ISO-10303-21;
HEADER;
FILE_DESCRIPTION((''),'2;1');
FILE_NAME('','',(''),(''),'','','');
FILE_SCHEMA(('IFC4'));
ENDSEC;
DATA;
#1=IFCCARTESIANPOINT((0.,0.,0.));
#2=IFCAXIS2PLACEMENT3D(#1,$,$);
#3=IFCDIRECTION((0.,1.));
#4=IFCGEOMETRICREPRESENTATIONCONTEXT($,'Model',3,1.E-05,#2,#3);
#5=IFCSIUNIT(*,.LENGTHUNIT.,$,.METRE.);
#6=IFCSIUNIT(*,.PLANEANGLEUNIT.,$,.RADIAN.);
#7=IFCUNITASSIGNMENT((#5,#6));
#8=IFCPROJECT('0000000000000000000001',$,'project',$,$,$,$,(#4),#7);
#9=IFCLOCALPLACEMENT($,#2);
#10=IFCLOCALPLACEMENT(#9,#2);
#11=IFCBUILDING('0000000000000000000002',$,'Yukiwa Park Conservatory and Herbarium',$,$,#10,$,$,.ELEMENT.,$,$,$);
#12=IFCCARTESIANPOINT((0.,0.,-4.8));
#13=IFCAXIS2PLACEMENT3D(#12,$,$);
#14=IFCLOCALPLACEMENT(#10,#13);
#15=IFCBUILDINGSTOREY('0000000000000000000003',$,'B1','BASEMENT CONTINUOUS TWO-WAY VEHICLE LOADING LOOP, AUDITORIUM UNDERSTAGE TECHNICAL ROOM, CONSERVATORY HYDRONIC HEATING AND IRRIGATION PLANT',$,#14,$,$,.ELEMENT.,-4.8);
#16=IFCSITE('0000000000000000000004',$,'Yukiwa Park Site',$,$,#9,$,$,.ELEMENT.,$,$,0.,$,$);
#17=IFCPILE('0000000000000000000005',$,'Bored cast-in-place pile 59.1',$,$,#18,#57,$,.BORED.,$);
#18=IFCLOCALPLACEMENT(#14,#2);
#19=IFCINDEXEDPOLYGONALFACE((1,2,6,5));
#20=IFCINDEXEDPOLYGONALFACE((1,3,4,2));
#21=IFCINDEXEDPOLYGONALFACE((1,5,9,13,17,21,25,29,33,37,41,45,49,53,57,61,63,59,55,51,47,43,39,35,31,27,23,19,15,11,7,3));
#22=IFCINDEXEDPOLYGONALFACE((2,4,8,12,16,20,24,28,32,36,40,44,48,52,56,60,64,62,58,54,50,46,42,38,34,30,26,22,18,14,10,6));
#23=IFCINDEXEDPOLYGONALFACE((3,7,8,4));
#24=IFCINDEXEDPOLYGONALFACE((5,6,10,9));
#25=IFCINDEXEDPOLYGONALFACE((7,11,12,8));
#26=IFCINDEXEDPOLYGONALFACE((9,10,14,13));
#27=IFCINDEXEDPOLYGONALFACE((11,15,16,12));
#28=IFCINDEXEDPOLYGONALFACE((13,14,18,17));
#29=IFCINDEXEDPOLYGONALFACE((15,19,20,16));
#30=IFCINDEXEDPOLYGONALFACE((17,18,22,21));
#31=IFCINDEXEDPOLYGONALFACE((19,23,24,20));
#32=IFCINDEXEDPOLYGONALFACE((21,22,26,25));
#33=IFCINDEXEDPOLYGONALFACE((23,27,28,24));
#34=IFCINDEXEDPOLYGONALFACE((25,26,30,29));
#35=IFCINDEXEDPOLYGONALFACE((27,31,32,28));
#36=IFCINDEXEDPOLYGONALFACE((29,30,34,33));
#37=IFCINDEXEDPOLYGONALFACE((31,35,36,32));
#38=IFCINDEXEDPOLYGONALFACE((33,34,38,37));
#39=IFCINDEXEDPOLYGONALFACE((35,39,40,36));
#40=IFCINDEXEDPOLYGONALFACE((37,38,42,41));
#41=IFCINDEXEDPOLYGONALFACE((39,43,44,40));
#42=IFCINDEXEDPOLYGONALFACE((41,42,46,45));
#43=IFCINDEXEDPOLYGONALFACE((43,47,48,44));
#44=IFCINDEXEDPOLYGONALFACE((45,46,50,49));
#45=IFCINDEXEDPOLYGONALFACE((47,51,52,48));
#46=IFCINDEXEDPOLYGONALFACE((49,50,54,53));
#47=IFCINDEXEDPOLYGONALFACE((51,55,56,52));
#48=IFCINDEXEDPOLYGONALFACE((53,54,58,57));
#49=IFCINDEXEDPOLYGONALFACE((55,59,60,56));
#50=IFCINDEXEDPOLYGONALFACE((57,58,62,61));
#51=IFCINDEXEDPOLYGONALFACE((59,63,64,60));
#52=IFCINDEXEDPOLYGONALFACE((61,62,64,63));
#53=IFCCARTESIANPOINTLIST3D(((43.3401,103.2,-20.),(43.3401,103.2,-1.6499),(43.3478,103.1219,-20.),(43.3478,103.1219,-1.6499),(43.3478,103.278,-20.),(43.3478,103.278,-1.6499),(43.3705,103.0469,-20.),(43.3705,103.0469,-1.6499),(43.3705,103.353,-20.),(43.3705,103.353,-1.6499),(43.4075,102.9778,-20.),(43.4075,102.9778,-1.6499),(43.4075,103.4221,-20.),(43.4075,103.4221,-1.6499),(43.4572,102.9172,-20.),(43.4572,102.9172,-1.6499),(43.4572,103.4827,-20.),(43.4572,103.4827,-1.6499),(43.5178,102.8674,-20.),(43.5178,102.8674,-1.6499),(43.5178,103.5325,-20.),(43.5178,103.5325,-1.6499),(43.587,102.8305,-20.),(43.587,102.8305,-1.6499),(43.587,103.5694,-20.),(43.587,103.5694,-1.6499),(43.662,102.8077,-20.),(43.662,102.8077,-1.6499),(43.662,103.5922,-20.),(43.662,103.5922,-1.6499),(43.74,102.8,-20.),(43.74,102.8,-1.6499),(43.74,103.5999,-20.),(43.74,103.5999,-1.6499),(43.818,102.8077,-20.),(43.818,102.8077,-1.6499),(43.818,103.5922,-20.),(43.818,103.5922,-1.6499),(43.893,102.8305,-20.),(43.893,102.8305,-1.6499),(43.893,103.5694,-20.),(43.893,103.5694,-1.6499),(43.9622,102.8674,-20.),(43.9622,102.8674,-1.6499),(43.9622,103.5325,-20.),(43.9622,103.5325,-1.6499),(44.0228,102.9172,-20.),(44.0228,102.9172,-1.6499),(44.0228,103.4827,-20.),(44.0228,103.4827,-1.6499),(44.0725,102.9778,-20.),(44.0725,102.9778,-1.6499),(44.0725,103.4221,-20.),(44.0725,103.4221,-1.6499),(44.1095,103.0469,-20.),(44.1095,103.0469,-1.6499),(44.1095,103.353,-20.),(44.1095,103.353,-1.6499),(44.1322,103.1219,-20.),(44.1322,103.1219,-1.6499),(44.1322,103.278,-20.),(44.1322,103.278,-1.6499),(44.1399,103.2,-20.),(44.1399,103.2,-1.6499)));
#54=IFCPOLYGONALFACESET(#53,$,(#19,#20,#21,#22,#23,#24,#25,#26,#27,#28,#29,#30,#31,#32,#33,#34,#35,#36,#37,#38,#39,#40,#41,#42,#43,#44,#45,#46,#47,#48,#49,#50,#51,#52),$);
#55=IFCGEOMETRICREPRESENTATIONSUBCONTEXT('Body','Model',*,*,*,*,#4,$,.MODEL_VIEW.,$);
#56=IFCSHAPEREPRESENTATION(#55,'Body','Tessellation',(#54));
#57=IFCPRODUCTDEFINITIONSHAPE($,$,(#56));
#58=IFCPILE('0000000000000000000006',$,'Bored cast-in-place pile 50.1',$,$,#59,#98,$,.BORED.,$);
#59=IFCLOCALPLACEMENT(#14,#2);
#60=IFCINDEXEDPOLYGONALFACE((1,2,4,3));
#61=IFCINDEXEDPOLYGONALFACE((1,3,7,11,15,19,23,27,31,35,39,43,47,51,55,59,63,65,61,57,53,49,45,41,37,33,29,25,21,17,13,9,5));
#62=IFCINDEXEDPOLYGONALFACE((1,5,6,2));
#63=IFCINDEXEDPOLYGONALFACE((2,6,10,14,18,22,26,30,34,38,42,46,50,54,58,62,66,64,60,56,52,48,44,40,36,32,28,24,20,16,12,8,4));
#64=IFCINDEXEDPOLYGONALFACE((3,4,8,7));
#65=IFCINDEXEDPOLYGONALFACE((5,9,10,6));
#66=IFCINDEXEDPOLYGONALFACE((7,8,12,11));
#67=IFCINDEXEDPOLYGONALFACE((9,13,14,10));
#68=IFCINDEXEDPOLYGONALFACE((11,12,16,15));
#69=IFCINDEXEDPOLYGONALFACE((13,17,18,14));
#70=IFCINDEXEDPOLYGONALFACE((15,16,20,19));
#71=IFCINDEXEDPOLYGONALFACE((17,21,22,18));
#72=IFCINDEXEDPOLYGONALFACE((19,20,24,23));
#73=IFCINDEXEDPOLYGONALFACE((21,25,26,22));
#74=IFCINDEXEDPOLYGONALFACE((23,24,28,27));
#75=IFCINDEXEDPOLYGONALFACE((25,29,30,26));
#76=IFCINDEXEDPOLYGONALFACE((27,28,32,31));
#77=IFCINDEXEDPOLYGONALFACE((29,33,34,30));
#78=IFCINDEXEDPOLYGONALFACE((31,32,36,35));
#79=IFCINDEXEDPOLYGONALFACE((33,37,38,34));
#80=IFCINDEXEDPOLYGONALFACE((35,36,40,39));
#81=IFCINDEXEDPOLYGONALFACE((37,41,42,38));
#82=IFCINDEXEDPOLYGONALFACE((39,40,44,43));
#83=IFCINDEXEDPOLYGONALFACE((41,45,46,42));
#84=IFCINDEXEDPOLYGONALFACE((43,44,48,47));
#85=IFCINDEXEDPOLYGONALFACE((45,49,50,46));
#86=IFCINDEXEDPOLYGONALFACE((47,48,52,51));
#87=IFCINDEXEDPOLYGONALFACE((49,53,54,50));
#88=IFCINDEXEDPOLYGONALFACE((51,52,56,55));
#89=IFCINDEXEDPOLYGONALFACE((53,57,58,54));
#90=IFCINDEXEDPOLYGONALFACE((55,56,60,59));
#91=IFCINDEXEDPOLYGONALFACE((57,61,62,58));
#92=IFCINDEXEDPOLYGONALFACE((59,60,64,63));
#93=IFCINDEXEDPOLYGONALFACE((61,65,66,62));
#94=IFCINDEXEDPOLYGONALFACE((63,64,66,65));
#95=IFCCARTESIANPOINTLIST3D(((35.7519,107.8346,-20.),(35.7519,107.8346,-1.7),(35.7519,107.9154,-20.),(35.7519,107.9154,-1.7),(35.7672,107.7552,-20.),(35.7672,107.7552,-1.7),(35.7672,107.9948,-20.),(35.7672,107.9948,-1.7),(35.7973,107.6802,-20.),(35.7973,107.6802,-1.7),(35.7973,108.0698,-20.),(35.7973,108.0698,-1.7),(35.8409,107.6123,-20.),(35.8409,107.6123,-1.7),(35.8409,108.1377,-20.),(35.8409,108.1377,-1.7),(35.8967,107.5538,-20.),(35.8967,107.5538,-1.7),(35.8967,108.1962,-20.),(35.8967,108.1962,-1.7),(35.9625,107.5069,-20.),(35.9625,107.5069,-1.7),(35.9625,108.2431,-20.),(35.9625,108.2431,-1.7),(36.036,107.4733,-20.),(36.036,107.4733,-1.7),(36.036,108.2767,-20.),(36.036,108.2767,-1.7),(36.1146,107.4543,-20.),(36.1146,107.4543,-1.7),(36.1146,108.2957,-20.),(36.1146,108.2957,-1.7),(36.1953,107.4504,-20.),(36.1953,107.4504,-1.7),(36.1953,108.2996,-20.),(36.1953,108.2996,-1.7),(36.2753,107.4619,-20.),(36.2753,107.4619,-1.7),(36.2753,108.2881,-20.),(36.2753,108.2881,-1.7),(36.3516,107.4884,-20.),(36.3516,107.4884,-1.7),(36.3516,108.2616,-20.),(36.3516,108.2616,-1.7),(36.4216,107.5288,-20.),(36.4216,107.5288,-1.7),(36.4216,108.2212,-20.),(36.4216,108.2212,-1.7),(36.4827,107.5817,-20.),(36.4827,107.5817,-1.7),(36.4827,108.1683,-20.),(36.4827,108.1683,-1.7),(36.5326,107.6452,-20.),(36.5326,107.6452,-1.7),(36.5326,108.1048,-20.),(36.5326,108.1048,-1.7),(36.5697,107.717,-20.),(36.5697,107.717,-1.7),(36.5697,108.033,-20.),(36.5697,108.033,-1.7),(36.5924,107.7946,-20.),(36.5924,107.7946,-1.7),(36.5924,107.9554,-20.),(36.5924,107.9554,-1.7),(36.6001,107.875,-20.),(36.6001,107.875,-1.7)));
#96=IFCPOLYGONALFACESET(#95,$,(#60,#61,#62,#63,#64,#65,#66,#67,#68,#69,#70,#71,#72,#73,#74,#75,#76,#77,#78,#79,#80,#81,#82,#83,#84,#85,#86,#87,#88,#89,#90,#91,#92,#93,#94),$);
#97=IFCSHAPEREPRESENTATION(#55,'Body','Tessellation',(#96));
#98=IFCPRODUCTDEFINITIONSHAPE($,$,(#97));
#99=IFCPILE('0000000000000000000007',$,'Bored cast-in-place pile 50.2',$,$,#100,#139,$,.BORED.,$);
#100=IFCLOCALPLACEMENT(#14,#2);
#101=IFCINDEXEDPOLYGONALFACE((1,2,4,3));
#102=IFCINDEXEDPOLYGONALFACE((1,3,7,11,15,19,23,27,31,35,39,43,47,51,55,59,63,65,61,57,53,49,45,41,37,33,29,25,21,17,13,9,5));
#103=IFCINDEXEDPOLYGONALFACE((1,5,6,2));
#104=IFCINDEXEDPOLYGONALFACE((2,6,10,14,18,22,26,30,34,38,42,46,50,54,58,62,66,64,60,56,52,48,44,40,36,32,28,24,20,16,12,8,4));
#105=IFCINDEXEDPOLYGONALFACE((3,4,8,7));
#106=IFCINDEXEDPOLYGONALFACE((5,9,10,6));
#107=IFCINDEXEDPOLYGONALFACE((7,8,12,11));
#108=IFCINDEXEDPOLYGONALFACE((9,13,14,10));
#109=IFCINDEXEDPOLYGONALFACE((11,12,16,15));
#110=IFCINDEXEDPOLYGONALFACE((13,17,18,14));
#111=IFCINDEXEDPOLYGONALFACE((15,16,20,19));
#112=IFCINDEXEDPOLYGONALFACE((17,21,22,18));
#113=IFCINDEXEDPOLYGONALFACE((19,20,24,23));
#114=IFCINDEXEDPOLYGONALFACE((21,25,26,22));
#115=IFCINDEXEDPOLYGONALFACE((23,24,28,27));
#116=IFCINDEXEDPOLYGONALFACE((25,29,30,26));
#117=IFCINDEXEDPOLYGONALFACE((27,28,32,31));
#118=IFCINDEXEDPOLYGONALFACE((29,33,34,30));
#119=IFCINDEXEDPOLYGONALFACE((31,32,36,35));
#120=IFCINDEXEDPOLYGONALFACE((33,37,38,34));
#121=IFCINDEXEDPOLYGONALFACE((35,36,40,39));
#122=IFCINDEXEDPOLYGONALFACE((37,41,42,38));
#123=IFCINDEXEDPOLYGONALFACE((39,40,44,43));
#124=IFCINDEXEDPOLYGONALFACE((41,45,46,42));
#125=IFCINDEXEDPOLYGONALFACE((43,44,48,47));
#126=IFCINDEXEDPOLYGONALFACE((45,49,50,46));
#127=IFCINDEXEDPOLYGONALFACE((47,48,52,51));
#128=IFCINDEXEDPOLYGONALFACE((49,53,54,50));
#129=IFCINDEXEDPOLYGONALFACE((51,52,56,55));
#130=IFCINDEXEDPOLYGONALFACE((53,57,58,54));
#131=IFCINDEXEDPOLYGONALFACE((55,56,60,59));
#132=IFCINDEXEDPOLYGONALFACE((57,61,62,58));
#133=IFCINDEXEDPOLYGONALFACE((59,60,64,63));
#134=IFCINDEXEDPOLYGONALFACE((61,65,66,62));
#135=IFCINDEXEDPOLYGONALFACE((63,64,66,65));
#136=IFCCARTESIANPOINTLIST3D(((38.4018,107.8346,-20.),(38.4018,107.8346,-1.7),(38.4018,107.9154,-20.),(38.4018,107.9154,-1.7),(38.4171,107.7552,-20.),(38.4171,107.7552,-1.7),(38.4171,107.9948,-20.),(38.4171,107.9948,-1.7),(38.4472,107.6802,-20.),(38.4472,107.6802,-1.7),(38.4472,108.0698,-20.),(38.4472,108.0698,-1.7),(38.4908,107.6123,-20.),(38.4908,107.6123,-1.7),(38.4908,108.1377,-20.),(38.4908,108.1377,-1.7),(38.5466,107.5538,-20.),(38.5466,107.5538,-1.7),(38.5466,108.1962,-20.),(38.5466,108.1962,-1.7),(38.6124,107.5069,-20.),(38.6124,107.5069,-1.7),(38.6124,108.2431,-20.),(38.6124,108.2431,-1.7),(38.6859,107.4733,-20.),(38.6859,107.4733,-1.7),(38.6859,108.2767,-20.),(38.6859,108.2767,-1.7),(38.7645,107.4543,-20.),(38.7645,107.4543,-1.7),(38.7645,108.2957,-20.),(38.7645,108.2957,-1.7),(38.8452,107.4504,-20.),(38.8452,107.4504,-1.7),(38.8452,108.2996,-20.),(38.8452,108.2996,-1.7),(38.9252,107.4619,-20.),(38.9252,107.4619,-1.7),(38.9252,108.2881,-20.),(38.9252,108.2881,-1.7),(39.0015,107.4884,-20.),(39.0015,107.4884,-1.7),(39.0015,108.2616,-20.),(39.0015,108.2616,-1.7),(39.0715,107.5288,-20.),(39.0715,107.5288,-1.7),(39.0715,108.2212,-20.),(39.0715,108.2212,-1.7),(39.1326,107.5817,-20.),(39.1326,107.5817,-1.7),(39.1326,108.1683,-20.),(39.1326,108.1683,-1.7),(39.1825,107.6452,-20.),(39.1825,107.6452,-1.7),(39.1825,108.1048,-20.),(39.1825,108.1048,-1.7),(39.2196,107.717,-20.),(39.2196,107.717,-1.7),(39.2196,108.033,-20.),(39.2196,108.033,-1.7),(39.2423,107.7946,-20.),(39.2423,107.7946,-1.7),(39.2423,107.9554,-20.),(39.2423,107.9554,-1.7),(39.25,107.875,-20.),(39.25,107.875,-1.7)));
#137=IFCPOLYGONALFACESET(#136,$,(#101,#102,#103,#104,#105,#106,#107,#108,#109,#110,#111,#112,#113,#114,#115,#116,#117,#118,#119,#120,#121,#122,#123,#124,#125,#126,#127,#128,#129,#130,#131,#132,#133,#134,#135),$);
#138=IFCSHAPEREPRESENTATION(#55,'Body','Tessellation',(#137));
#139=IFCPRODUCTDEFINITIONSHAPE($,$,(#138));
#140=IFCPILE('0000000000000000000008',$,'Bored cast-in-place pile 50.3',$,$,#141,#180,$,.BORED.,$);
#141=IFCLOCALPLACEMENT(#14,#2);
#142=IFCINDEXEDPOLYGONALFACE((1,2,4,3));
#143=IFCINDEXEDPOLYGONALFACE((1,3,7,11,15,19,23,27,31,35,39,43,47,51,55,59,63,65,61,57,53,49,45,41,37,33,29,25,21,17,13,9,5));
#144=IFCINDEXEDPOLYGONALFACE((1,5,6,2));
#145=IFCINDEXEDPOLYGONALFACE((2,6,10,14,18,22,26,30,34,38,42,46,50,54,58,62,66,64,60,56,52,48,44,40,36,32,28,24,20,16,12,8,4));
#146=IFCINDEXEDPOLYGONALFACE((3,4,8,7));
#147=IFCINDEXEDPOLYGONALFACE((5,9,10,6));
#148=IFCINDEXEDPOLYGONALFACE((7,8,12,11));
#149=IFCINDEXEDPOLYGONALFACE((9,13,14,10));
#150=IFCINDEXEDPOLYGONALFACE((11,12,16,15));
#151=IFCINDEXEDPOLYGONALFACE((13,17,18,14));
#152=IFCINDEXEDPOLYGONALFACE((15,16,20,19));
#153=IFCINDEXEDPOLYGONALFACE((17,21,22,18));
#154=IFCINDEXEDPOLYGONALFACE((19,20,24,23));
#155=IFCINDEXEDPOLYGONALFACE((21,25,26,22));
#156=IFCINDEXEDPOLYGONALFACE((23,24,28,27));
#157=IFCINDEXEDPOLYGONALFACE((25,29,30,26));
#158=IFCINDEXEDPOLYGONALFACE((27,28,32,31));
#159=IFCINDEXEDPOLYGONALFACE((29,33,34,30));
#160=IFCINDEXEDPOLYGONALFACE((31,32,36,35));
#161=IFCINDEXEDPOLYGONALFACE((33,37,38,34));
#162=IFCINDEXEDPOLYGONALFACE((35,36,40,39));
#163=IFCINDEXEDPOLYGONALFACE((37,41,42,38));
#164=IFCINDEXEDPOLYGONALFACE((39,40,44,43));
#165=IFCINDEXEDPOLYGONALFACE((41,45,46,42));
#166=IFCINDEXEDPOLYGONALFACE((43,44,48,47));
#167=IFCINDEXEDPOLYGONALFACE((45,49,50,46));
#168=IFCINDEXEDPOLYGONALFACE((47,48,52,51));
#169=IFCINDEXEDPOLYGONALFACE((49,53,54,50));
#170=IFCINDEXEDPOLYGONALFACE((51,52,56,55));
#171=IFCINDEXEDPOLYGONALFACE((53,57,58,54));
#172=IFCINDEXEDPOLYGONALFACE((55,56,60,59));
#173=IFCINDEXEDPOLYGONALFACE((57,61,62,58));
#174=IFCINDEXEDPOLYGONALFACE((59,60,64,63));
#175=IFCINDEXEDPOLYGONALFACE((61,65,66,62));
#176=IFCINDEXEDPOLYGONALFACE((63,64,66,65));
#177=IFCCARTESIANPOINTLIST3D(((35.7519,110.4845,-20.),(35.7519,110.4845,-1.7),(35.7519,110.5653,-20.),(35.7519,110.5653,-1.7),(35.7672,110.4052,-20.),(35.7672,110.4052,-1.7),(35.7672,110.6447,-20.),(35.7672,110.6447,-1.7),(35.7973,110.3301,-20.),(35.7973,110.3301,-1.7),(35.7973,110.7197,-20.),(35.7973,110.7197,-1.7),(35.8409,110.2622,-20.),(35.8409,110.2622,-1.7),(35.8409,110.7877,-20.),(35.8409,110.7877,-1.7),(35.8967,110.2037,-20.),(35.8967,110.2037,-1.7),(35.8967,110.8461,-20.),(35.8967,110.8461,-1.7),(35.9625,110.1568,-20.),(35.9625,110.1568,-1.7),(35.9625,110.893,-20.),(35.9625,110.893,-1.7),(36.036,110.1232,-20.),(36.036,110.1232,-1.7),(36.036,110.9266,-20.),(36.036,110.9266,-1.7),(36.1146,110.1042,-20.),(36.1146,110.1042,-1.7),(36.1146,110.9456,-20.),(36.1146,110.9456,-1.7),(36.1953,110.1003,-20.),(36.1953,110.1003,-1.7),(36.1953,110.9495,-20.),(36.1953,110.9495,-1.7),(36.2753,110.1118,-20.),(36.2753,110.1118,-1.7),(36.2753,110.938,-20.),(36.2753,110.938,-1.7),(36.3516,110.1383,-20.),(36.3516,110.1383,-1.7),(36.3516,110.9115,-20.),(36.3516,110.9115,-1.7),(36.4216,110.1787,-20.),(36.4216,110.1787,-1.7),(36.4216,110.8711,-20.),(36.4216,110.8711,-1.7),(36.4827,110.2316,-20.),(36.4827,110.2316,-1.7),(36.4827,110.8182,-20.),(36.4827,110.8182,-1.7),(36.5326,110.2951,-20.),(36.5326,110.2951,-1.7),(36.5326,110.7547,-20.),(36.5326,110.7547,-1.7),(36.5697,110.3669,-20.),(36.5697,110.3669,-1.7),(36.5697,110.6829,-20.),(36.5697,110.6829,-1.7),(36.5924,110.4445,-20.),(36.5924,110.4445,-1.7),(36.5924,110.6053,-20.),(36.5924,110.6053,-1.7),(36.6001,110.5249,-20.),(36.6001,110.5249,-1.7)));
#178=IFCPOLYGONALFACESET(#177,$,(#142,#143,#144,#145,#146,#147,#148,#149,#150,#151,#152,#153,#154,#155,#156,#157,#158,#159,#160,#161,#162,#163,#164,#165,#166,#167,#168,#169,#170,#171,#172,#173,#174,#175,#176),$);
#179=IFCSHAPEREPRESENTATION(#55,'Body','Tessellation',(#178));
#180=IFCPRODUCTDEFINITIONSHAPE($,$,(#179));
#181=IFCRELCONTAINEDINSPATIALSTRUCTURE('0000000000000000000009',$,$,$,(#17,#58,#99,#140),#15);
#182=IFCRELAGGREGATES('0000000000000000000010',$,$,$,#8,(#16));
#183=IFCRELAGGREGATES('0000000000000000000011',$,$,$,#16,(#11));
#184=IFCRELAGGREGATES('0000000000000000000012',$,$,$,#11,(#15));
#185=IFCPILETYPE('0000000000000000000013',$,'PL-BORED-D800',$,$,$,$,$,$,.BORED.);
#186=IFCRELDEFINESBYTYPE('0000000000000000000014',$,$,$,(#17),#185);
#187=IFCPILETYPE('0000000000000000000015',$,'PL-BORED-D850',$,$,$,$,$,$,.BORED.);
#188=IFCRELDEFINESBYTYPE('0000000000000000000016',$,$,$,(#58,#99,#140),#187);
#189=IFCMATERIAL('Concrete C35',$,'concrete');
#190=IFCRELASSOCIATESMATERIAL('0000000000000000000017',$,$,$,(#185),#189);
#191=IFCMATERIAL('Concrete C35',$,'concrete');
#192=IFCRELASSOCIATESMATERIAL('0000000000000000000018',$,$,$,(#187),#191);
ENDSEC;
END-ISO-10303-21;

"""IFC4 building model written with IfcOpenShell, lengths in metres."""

from ifc_helpers import new_model, si_unit, direction, frame, origin, origin_2d, place, context, subcontext, project, spatial, circle, extrude, material, material_profile, profile_set, type_object, element, save


model = new_model("IFC4")

# Units and contexts
model_context = context("Model", 3, precision=1e-05, world=origin(), true_north=direction((0.0, 1.0)))
body_context = subcontext(model_context, "Body", "Model", "MODEL_VIEW")
ifc_project = project(units=[si_unit("LENGTHUNIT", "METRE"), si_unit("PLANEANGLEUNIT", "RADIAN")], contexts=[model_context])

# Site, building, storey
site_placement = place(None, origin())
site = spatial("IfcSite", under=ifc_project, at=site_placement, Name="Yukiwa Park Site", CompositionType="ELEMENT", RefElevation=0.0)
building_placement = place(site_placement, origin())
building = spatial("IfcBuilding", under=site, at=building_placement, Name="Yukiwa Park Conservatory and Herbarium", CompositionType="ELEMENT")
storey_placement = place(building_placement, frame((0.0, 0.0, -4.8)))
storey = spatial("IfcBuildingStorey", under=building, at=storey_placement, Name="B1", Description="BASEMENT CONTINUOUS TWO-WAY VEHICLE LOADING LOOP, AUDITORIUM UNDERSTAGE TECHNICAL ROOM, CONSERVATORY HYDRONIC HEATING AND IRRIGATION PLANT", CompositionType="ELEMENT", Elevation=-4.8)

# Piles
ifc_material_1 = material(Name="Concrete C35", Category="concrete")
ifc_material_profile_1 = material_profile(ifc_material_1, circle(Radius=0.3999, at=origin_2d()), Name="PILE D800")
ifc_profile_set_1 = profile_set([ifc_material_profile_1], Name="Concrete C35")
pile_type_1 = type_object("IfcPileType", Name="PL-BORED-D800", PredefinedType="BORED", material=ifc_profile_set_1)
pile_1_placement = place(storey_placement, frame((43.74, 103.2, -1.6499), z_axis=(0.0, 0.0, -1.0), x_axis=(1.0, 0.0, 0.0)))
element("IfcPile", 1, at=pile_1_placement, inside=storey, type_object=pile_type_1, Name="Bored cast-in-place pile 59.1", PredefinedType="BORED", context=body_context, shape_type="SweptSolid", body=[
    extrude(circle(Radius=0.3999, at=origin_2d()), origin(), (0.0, 0.0, 1.0), 18.3501),
])
ifc_material_2 = material(Name="Concrete C35", Category="concrete")
ifc_material_profile_2 = material_profile(ifc_material_2, circle(Radius=0.425, at=origin_2d()), Name="PILE D850")
ifc_profile_set_2 = profile_set([ifc_material_profile_2], Name="Concrete C35")
pile_type_2 = type_object("IfcPileType", Name="PL-BORED-D850", PredefinedType="BORED", material=ifc_profile_set_2)
for number, where, z_axis, x_axis, name in (
    (2, (36.175, 107.875, -1.7), (0.0, 0.0, -1.0), (1.0, 0.0, 0.0), "Bored cast-in-place pile 50.1"),
    (3, (38.825, 107.875, -1.7), (0.0, 0.0, -1.0), (1.0, 0.0, 0.0), "Bored cast-in-place pile 50.2"),
    (4, (36.175, 110.5249, -1.7), (0.0, 0.0, -1.0), (1.0, 0.0, 0.0), "Bored cast-in-place pile 50.3"),
):
    element("IfcPile", number, at=place(storey_placement, frame(where, z_axis=z_axis, x_axis=x_axis)), inside=storey, type_object=pile_type_2, Name=name, PredefinedType="BORED", context=body_context, shape_type="SweptSolid", body=[
        extrude(circle(Radius=0.425, at=origin_2d()), origin(), (0.0, 0.0, 1.0), 18.3),
    ])

save(model, "model.ifc")
